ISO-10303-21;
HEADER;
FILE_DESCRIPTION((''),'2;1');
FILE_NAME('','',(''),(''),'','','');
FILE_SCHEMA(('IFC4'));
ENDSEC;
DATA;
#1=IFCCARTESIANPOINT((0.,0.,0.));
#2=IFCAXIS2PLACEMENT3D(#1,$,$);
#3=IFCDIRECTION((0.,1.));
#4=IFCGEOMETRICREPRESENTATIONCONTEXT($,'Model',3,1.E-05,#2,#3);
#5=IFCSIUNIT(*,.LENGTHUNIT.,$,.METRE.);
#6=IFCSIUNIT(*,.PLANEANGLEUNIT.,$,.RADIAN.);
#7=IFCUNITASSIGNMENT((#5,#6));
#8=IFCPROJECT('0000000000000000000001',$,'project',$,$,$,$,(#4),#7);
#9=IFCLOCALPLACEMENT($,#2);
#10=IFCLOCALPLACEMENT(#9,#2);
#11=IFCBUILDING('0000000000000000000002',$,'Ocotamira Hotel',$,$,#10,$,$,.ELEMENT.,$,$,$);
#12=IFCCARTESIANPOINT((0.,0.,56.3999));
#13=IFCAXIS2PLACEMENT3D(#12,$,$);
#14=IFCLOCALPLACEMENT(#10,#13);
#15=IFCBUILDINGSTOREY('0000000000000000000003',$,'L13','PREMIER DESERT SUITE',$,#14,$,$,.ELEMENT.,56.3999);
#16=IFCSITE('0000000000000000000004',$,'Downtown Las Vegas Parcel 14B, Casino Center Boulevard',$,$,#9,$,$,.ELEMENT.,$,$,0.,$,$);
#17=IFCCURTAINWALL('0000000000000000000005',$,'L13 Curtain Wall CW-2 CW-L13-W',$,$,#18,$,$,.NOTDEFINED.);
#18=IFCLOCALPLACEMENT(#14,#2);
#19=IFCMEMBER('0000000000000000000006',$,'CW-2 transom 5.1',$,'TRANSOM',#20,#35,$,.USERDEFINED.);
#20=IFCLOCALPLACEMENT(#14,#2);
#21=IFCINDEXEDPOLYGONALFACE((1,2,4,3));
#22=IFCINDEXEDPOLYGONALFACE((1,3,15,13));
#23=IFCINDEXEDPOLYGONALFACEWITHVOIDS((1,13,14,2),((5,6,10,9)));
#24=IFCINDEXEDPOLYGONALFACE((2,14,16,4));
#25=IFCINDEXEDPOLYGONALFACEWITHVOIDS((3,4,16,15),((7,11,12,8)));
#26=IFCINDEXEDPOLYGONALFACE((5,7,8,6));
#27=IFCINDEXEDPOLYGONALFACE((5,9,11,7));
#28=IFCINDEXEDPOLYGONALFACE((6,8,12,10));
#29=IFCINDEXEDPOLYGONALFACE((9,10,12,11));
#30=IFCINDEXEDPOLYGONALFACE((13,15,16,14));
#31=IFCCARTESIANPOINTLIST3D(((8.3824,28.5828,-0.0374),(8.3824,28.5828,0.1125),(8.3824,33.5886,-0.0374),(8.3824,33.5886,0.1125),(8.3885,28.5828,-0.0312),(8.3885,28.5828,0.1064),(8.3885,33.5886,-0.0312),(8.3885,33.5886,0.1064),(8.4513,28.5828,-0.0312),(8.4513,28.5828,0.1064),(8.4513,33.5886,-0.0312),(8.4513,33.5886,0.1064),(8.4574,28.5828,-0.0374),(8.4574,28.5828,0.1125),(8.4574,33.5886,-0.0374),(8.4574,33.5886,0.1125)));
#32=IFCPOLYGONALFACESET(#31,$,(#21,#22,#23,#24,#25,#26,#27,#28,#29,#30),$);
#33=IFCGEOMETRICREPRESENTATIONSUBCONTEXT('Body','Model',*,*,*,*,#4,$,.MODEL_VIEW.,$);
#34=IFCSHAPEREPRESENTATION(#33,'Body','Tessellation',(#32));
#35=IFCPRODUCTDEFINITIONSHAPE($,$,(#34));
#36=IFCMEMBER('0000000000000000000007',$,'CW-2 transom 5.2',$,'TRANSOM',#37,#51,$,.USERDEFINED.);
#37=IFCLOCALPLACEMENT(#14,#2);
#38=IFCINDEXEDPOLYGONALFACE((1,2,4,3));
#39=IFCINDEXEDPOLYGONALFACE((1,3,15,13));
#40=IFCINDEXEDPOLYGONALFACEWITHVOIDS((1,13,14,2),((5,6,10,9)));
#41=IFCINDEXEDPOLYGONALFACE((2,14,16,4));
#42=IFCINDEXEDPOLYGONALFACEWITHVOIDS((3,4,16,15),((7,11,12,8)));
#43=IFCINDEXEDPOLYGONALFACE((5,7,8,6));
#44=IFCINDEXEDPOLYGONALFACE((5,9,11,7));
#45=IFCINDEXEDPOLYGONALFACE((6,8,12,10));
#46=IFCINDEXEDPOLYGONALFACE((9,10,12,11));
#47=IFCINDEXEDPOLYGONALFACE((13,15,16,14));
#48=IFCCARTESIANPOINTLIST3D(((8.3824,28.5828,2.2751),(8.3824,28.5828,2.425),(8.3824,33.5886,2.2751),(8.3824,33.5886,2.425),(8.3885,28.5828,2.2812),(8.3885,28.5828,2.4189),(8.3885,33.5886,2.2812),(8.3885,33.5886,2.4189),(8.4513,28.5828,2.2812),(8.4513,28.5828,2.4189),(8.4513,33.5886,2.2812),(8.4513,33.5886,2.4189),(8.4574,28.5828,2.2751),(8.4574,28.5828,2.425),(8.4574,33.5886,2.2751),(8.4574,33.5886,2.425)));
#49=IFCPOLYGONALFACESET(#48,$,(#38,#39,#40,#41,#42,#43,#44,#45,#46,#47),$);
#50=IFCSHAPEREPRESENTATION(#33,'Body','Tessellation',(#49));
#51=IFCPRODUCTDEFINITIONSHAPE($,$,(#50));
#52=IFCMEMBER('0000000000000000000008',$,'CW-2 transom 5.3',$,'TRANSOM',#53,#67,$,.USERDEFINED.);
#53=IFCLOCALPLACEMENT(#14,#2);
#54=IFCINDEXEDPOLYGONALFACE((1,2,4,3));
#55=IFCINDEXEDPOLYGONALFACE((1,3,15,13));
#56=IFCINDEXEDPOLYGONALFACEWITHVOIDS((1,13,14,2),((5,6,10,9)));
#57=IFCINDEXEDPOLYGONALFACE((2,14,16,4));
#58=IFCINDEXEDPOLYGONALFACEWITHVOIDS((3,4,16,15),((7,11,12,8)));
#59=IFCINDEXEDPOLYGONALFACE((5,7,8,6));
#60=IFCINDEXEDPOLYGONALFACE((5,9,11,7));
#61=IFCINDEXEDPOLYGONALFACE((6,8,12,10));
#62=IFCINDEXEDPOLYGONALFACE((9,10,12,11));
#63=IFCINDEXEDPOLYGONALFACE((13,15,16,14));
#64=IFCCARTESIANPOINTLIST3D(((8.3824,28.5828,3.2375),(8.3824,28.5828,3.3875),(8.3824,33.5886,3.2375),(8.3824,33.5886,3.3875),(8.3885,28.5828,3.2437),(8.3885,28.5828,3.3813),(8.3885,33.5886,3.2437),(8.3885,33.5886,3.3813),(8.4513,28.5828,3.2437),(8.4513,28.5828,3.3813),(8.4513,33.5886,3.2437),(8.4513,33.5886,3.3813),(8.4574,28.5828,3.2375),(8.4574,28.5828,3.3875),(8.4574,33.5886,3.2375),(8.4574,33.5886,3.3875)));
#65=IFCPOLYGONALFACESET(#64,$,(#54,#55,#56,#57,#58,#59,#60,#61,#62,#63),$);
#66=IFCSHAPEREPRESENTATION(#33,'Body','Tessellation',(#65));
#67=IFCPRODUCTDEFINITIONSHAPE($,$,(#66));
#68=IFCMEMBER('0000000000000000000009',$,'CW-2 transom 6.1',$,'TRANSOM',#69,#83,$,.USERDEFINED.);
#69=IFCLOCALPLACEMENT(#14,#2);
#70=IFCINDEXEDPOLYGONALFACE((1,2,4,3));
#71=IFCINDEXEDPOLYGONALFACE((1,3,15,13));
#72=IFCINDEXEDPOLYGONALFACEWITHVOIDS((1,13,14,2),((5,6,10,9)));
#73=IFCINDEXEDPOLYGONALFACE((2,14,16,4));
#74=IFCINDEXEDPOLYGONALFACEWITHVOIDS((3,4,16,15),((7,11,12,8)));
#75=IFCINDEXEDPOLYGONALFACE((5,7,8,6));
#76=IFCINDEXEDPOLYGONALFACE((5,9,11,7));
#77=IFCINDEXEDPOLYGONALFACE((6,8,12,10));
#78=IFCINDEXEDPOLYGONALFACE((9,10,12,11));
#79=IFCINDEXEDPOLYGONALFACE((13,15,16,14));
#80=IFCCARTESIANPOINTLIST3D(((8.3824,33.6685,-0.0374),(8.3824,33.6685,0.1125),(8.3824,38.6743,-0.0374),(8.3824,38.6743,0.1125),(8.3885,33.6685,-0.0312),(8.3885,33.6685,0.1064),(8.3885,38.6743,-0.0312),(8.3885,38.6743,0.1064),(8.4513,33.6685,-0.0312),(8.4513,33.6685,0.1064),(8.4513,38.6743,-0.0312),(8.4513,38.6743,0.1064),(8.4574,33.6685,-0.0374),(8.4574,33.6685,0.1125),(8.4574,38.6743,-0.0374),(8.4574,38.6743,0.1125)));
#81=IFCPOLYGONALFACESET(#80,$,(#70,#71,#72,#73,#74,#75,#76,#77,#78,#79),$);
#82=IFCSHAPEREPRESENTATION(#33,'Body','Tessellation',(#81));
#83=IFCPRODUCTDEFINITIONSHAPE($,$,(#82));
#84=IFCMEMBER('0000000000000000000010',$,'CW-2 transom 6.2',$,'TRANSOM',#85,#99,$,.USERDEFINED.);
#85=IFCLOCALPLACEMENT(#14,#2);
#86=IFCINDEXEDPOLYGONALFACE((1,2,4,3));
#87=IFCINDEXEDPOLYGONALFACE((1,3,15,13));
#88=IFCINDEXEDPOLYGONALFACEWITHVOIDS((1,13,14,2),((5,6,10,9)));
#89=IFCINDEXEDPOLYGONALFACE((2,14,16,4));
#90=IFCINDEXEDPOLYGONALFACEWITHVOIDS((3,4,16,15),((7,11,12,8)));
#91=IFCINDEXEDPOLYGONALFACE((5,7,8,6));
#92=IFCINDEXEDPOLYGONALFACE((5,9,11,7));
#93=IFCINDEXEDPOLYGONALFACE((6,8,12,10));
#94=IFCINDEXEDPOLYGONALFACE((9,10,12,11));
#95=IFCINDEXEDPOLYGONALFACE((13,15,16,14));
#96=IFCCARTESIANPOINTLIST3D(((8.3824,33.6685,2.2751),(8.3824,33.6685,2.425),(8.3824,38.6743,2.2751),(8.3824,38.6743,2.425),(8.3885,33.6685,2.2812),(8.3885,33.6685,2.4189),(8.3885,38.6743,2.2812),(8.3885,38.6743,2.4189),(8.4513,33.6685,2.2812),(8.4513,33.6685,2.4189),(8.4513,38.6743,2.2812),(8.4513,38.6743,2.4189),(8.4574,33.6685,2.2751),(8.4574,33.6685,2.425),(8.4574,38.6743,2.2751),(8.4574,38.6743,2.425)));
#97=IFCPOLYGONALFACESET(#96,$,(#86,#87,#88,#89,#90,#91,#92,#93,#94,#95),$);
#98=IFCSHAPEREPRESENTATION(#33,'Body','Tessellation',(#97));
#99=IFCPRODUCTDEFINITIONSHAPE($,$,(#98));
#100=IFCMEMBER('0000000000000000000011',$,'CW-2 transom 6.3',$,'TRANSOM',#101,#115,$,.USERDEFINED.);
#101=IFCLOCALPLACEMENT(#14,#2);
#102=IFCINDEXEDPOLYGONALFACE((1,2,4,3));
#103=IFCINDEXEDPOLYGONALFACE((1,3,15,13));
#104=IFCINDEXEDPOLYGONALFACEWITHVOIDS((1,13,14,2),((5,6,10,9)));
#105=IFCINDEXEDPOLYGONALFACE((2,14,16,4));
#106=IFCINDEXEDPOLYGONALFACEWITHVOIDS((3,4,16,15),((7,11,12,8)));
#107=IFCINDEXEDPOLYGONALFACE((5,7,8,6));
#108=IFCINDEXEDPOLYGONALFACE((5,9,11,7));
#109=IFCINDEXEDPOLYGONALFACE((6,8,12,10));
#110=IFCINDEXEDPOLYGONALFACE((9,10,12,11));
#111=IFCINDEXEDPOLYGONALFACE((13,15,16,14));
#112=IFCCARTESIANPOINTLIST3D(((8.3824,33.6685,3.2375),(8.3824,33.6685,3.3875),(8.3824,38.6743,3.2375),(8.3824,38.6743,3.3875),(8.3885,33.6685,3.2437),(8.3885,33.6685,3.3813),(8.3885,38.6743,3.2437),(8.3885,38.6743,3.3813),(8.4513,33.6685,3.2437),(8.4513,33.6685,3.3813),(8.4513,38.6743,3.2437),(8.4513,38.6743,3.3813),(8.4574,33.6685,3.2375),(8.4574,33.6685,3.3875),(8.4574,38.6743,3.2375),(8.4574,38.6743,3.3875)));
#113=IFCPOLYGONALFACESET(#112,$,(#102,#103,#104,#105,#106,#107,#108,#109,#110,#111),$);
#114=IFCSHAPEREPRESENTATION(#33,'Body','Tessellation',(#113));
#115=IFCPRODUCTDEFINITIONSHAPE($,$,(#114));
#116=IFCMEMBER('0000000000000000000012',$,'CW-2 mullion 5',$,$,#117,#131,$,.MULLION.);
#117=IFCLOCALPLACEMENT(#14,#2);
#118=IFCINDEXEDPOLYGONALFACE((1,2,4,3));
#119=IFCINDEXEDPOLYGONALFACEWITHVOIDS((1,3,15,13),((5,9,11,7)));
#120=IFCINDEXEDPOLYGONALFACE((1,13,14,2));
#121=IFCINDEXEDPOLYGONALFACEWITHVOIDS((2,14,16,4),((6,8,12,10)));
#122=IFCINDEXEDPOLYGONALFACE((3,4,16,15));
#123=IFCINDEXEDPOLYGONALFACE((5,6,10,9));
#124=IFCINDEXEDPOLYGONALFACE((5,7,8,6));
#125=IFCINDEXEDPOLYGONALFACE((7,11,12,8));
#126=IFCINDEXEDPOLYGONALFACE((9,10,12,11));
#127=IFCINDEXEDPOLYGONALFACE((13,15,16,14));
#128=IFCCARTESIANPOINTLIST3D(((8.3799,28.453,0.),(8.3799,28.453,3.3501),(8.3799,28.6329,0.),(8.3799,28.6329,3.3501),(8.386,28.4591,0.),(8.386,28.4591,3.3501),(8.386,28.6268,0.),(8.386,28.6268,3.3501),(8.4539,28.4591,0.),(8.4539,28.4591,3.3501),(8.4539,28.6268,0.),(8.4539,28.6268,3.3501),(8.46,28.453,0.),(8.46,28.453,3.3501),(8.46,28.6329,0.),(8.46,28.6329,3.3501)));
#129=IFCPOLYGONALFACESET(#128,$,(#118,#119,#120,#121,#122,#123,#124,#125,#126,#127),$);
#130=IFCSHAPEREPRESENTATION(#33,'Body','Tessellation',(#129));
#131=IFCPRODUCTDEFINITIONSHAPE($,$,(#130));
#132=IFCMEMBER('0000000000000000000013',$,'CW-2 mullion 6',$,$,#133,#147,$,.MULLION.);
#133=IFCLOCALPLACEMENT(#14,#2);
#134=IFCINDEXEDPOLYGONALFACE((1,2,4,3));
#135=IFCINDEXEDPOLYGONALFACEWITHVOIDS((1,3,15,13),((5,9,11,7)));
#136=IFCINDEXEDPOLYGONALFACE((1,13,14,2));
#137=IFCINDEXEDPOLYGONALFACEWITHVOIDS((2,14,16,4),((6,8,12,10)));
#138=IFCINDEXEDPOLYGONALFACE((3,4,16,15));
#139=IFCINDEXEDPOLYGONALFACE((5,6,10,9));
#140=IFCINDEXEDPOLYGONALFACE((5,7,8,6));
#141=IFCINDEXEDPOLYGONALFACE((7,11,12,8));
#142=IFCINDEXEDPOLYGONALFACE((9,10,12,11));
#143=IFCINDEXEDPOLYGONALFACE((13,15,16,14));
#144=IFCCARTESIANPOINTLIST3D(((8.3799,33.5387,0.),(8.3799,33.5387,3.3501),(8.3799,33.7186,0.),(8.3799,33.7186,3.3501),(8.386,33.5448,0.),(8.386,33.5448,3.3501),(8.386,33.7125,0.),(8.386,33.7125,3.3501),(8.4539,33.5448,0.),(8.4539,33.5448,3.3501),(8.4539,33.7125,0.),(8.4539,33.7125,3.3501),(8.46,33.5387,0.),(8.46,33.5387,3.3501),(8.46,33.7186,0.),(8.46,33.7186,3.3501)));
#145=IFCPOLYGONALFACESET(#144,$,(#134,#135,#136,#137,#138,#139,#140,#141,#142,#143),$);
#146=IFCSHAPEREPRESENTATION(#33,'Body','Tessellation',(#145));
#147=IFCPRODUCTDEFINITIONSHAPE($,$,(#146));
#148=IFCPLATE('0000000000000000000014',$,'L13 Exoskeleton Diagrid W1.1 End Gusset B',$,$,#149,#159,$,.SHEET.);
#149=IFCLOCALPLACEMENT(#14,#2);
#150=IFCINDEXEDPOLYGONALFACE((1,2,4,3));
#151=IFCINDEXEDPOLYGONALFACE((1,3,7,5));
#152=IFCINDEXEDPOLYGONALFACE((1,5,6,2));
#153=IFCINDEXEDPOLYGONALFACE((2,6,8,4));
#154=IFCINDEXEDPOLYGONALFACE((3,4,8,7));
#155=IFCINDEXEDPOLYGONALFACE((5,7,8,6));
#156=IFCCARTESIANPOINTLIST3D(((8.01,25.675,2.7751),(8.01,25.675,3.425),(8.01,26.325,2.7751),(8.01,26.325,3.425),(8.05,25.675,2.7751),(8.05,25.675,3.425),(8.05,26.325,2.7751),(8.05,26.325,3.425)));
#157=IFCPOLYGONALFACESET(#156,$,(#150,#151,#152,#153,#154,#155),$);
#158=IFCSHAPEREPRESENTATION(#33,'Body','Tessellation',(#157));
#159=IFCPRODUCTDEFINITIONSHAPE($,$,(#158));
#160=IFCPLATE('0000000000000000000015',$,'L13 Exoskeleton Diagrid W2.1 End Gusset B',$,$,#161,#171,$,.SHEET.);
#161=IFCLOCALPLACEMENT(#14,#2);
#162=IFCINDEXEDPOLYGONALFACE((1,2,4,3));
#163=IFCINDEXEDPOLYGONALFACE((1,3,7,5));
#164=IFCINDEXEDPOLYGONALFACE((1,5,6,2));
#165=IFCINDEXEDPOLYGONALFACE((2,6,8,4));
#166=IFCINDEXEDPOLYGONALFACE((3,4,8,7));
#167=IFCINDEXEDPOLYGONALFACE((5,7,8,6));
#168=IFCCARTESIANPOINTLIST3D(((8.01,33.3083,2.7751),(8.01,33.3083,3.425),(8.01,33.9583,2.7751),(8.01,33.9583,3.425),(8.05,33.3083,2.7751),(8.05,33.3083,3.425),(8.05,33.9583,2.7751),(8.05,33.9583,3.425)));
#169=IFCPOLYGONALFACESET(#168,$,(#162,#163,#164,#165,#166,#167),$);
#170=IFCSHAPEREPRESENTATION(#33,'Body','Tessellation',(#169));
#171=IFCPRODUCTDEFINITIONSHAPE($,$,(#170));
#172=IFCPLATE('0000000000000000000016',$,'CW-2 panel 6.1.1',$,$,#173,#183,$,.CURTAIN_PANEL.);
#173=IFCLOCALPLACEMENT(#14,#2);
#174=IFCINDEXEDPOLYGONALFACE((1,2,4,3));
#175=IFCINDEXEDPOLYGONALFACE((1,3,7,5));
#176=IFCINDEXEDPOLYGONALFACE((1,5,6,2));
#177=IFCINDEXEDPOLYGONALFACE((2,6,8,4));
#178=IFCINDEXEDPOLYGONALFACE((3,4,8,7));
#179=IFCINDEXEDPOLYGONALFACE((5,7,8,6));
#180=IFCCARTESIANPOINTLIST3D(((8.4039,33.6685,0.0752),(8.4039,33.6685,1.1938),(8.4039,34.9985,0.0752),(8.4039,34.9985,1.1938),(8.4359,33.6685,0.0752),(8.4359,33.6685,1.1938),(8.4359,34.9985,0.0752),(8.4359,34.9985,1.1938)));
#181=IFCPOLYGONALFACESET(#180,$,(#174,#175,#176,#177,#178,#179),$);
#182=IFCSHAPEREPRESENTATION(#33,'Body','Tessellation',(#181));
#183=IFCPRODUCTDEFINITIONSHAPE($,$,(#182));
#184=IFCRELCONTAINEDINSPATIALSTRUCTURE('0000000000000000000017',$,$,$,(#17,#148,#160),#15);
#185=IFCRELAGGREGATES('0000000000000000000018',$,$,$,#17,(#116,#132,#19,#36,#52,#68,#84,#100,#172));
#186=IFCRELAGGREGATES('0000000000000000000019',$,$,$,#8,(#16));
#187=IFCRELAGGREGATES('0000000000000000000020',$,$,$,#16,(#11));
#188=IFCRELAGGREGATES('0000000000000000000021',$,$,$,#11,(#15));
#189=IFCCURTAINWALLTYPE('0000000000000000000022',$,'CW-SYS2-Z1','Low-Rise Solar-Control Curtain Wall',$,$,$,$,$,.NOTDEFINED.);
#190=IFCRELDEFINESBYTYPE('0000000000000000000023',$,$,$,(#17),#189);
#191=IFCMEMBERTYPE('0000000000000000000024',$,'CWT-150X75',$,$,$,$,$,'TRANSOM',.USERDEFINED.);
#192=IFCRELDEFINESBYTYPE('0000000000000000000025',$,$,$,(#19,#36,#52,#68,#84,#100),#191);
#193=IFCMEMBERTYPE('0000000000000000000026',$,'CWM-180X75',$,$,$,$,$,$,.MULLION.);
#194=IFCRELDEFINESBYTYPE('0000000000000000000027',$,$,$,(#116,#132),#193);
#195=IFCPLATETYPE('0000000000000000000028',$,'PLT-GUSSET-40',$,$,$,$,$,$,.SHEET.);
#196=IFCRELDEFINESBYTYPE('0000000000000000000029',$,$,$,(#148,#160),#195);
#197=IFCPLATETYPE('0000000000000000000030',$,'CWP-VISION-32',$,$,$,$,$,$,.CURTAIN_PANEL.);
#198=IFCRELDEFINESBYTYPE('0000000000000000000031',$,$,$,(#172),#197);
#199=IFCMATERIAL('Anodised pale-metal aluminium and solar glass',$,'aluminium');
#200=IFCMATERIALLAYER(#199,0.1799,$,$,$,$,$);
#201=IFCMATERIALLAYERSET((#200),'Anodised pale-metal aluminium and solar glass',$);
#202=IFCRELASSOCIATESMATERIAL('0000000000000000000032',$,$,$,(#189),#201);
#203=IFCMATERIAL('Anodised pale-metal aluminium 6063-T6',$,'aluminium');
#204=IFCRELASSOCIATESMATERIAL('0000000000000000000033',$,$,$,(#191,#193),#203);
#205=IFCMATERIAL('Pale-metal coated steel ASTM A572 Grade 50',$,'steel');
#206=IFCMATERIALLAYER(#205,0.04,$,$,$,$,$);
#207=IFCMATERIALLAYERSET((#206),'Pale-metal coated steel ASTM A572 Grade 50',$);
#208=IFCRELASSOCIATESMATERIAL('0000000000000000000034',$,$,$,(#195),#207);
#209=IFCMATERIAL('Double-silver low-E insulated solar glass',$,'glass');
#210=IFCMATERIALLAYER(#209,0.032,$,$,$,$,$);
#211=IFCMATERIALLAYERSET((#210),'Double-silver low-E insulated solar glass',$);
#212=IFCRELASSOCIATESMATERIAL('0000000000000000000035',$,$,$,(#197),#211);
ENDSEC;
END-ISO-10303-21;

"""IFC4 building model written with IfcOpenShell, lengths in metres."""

from ifc_helpers import new_model, si_unit, direction, frame, origin, origin_2d, place, context, subcontext, project, spatial, rectangle, hollow_rectangle, extrude, source, transform, mapped, material, layer, layer_set, material_profile, profile_set, type_object, element, aggregate, save


model = new_model("IFC4")

# Units and contexts
model_context = context("Model", 3, precision=1e-05, world=origin(), true_north=direction((0.0, 1.0)))
body_context = subcontext(model_context, "Body", "Model", "MODEL_VIEW")
ifc_project = project(units=[si_unit("LENGTHUNIT", "METRE"), si_unit("PLANEANGLEUNIT", "RADIAN")], contexts=[model_context])

# Site, building, storey
site_placement = place(None, origin())
site = spatial("IfcSite", under=ifc_project, at=site_placement, Name="Downtown Las Vegas Parcel 14B, Casino Center Boulevard", CompositionType="ELEMENT", RefElevation=0.0)
building_placement = place(site_placement, origin())
building = spatial("IfcBuilding", under=site, at=building_placement, Name="Ocotamira Hotel", CompositionType="ELEMENT")
storey_placement = place(building_placement, frame((0.0, 0.0, 56.3999)))
storey = spatial("IfcBuildingStorey", under=building, at=storey_placement, Name="L13", Description="PREMIER DESERT SUITE", CompositionType="ELEMENT", Elevation=56.3999)

# Curtain wall, members
ifc_material_1 = material(Name="Anodised pale-metal aluminium and solar glass", Category="aluminium")
ifc_layer_1 = layer(ifc_material_1, 0.1799)
ifc_layer_set_1 = layer_set([ifc_layer_1], Name="Anodised pale-metal aluminium and solar glass")
curtain_wall_type = type_object("IfcCurtainWallType", Name="CW-SYS2-Z1", Description="Low-Rise Solar-Control Curtain Wall", PredefinedType="NOTDEFINED", material=ifc_layer_set_1)
curtain_wall_placement = place(storey_placement, origin())
curtain_wall = element("IfcCurtainWall", 1, at=curtain_wall_placement, inside=storey, type_object=curtain_wall_type, Name="L13 Curtain Wall CW-2 CW-L13-W", PredefinedType="NOTDEFINED")
ifc_material_2 = material(Name="Anodised pale-metal aluminium 6063-T6", Category="aluminium")
ifc_material_profile_1 = material_profile(ifc_material_2, hollow_rectangle(XDim=0.075, YDim=0.1499, WallThickness=0.0061, at=origin_2d()), Name="HSS150X75X6")
ifc_profile_set_1 = profile_set([ifc_material_profile_1], Name="Anodised pale-metal aluminium 6063-T6")
member_type_1 = type_object("IfcMemberType", Name="CWT-150X75", ElementType="TRANSOM", PredefinedType="USERDEFINED", material=ifc_profile_set_1)
shared_shape_1 = source(origin(), body_context, "Body", "SweptSolid", [
    extrude(hollow_rectangle(XDim=0.075, YDim=0.1499, WallThickness=0.0061, at=origin_2d()), origin(), (0.0, 0.0, 1.0), 5.0059),
])
member_1_placement = place(storey_placement, frame((8.4199, 28.5828, 0.0376), z_axis=(0.0, 1.0, 0.0), x_axis=(-1.0, 0.0, 0.0)))
member_1 = element("IfcMember", 2, at=member_1_placement, type_object=member_type_1, Name="CW-2 transom 5.1", ObjectType="TRANSOM", PredefinedType="USERDEFINED", context=body_context, shape_type="MappedRepresentation", body=[
    mapped(shared_shape_1, transform((0.0, 0.0, 0.0), scale=1.0)),
])
member_2_placement = place(storey_placement, frame((8.4199, 28.5828, 2.3501), z_axis=(0.0, 1.0, 0.0), x_axis=(-1.0, 0.0, 0.0)))
member_2 = element("IfcMember", 3, at=member_2_placement, type_object=member_type_1, Name="CW-2 transom 5.2", ObjectType="TRANSOM", PredefinedType="USERDEFINED", context=body_context, shape_type="MappedRepresentation", body=[
    mapped(shared_shape_1, transform((0.0, 0.0, 0.0), scale=1.0)),
])
member_3_placement = place(storey_placement, frame((8.4199, 28.5828, 3.3125), z_axis=(0.0, 1.0, 0.0), x_axis=(-1.0, 0.0, 0.0)))
member_3 = element("IfcMember", 4, at=member_3_placement, type_object=member_type_1, Name="CW-2 transom 5.3", ObjectType="TRANSOM", PredefinedType="USERDEFINED", context=body_context, shape_type="MappedRepresentation", body=[
    mapped(shared_shape_1, transform((0.0, 0.0, 0.0), scale=1.0)),
])
member_4_placement = place(storey_placement, frame((8.4199, 33.6685, 0.0376), z_axis=(0.0, 1.0, 0.0), x_axis=(-1.0, 0.0, 0.0)))
member_4 = element("IfcMember", 5, at=member_4_placement, type_object=member_type_1, Name="CW-2 transom 6.1", ObjectType="TRANSOM", PredefinedType="USERDEFINED", context=body_context, shape_type="MappedRepresentation", body=[
    mapped(shared_shape_1, transform((0.0, 0.0, 0.0), scale=1.0)),
])
member_5_placement = place(storey_placement, frame((8.4199, 33.6685, 2.3501), z_axis=(0.0, 1.0, 0.0), x_axis=(-1.0, 0.0, 0.0)))
member_5 = element("IfcMember", 6, at=member_5_placement, type_object=member_type_1, Name="CW-2 transom 6.2", ObjectType="TRANSOM", PredefinedType="USERDEFINED", context=body_context, shape_type="MappedRepresentation", body=[
    mapped(shared_shape_1, transform((0.0, 0.0, 0.0), scale=1.0)),
])
member_6_placement = place(storey_placement, frame((8.4199, 33.6685, 3.3125), z_axis=(0.0, 1.0, 0.0), x_axis=(-1.0, 0.0, 0.0)))
member_6 = element("IfcMember", 7, at=member_6_placement, type_object=member_type_1, Name="CW-2 transom 6.3", ObjectType="TRANSOM", PredefinedType="USERDEFINED", context=body_context, shape_type="MappedRepresentation", body=[
    mapped(shared_shape_1, transform((0.0, 0.0, 0.0), scale=1.0)),
])
ifc_material_profile_2 = material_profile(ifc_material_2, hollow_rectangle(XDim=0.0801, YDim=0.1799, WallThickness=0.0061, at=origin_2d()), Name="HSS180X80X6")
ifc_profile_set_2 = profile_set([ifc_material_profile_2], Name="Anodised pale-metal aluminium 6063-T6")
member_type_2 = type_object("IfcMemberType", Name="CWM-180X75", PredefinedType="MULLION", material=ifc_profile_set_2)
shared_shape_2 = source(origin(), body_context, "Body", "SweptSolid", [
    extrude(hollow_rectangle(XDim=0.0801, YDim=0.1799, WallThickness=0.0061, at=origin_2d()), origin(), (0.0, 0.0, 1.0), 3.3501),
])
member_7_placement = place(storey_placement, frame((8.4199, 28.543, 0.0), z_axis=(0.0, 0.0, 1.0), x_axis=(-1.0, 0.0, 0.0)))
member_7 = element("IfcMember", 8, at=member_7_placement, type_object=member_type_2, Name="CW-2 mullion 5", PredefinedType="MULLION", context=body_context, shape_type="MappedRepresentation", body=[
    mapped(shared_shape_2, transform((0.0, 0.0, 0.0), scale=1.0)),
])
member_8_placement = place(storey_placement, frame((8.4199, 33.6287, 0.0), z_axis=(0.0, 0.0, 1.0), x_axis=(-1.0, 0.0, 0.0)))
member_8 = element("IfcMember", 9, at=member_8_placement, type_object=member_type_2, Name="CW-2 mullion 6", PredefinedType="MULLION", context=body_context, shape_type="MappedRepresentation", body=[
    mapped(shared_shape_2, transform((0.0, 0.0, 0.0), scale=1.0)),
])

# Plates
ifc_material_3 = material(Name="Pale-metal coated steel ASTM A572 Grade 50", Category="steel")
ifc_layer_2 = layer(ifc_material_3, 0.04)
ifc_layer_set_2 = layer_set([ifc_layer_2], Name="Pale-metal coated steel ASTM A572 Grade 50")
plate_type_1 = type_object("IfcPlateType", Name="PLT-GUSSET-40", PredefinedType="SHEET", material=ifc_layer_set_2)
shared_shape_3 = source(origin(), body_context, "Body", "SweptSolid", [
    extrude(rectangle(XDim=0.04, YDim=0.6499, at=origin_2d()), origin(), (0.0, 0.0, 1.0), 0.6499),
])
for number, where, z_axis, x_axis, name in (
    (10, (8.03, 26.0, 2.7751), (0.0, 0.0, 1.0), (1.0, 0.0, 0.0), "L13 Exoskeleton Diagrid W1.1 End Gusset B"),
    (11, (8.03, 33.6333, 2.7751), (0.0, 0.0, 1.0), (1.0, 0.0, 0.0), "L13 Exoskeleton Diagrid W2.1 End Gusset B"),
):
    element("IfcPlate", number, at=place(storey_placement, frame(where, z_axis=z_axis, x_axis=x_axis)), inside=storey, type_object=plate_type_1, Name=name, PredefinedType="SHEET", context=body_context, shape_type="MappedRepresentation", body=[
        mapped(shared_shape_3, transform((0.0, 0.0, 0.0), scale=1.0)),
    ])

# Plate
ifc_material_4 = material(Name="Double-silver low-E insulated solar glass", Category="glass")
ifc_layer_3 = layer(ifc_material_4, 0.032)
ifc_layer_set_3 = layer_set([ifc_layer_3], Name="Double-silver low-E insulated solar glass")
plate_type_2 = type_object("IfcPlateType", Name="CWP-VISION-32", PredefinedType="CURTAIN_PANEL", material=ifc_layer_set_3)
shared_shape_4 = source(origin(), body_context, "Body", "SweptSolid", [
    extrude(rectangle(XDim=1.3301, YDim=0.032, at=origin_2d()), origin(), (0.0, 0.0, 1.0), 1.1187),
])
plate_1_placement = place(storey_placement, frame((8.4199, 34.3335, 0.0752), z_axis=(0.0, 0.0, 1.0), x_axis=(0.0, 1.0, 0.0)))
plate_1 = element("IfcPlate", 12, at=plate_1_placement, type_object=plate_type_2, Name="CW-2 panel 6.1.1", PredefinedType="CURTAIN_PANEL", context=body_context, shape_type="MappedRepresentation", body=[
    mapped(shared_shape_4, transform((0.0, 0.0, 0.0), scale=1.0)),
])
aggregate(curtain_wall, [member_7, member_8, member_1, member_2, member_3, member_4, member_5, member_6, plate_1])

save(model, "model.ifc")
